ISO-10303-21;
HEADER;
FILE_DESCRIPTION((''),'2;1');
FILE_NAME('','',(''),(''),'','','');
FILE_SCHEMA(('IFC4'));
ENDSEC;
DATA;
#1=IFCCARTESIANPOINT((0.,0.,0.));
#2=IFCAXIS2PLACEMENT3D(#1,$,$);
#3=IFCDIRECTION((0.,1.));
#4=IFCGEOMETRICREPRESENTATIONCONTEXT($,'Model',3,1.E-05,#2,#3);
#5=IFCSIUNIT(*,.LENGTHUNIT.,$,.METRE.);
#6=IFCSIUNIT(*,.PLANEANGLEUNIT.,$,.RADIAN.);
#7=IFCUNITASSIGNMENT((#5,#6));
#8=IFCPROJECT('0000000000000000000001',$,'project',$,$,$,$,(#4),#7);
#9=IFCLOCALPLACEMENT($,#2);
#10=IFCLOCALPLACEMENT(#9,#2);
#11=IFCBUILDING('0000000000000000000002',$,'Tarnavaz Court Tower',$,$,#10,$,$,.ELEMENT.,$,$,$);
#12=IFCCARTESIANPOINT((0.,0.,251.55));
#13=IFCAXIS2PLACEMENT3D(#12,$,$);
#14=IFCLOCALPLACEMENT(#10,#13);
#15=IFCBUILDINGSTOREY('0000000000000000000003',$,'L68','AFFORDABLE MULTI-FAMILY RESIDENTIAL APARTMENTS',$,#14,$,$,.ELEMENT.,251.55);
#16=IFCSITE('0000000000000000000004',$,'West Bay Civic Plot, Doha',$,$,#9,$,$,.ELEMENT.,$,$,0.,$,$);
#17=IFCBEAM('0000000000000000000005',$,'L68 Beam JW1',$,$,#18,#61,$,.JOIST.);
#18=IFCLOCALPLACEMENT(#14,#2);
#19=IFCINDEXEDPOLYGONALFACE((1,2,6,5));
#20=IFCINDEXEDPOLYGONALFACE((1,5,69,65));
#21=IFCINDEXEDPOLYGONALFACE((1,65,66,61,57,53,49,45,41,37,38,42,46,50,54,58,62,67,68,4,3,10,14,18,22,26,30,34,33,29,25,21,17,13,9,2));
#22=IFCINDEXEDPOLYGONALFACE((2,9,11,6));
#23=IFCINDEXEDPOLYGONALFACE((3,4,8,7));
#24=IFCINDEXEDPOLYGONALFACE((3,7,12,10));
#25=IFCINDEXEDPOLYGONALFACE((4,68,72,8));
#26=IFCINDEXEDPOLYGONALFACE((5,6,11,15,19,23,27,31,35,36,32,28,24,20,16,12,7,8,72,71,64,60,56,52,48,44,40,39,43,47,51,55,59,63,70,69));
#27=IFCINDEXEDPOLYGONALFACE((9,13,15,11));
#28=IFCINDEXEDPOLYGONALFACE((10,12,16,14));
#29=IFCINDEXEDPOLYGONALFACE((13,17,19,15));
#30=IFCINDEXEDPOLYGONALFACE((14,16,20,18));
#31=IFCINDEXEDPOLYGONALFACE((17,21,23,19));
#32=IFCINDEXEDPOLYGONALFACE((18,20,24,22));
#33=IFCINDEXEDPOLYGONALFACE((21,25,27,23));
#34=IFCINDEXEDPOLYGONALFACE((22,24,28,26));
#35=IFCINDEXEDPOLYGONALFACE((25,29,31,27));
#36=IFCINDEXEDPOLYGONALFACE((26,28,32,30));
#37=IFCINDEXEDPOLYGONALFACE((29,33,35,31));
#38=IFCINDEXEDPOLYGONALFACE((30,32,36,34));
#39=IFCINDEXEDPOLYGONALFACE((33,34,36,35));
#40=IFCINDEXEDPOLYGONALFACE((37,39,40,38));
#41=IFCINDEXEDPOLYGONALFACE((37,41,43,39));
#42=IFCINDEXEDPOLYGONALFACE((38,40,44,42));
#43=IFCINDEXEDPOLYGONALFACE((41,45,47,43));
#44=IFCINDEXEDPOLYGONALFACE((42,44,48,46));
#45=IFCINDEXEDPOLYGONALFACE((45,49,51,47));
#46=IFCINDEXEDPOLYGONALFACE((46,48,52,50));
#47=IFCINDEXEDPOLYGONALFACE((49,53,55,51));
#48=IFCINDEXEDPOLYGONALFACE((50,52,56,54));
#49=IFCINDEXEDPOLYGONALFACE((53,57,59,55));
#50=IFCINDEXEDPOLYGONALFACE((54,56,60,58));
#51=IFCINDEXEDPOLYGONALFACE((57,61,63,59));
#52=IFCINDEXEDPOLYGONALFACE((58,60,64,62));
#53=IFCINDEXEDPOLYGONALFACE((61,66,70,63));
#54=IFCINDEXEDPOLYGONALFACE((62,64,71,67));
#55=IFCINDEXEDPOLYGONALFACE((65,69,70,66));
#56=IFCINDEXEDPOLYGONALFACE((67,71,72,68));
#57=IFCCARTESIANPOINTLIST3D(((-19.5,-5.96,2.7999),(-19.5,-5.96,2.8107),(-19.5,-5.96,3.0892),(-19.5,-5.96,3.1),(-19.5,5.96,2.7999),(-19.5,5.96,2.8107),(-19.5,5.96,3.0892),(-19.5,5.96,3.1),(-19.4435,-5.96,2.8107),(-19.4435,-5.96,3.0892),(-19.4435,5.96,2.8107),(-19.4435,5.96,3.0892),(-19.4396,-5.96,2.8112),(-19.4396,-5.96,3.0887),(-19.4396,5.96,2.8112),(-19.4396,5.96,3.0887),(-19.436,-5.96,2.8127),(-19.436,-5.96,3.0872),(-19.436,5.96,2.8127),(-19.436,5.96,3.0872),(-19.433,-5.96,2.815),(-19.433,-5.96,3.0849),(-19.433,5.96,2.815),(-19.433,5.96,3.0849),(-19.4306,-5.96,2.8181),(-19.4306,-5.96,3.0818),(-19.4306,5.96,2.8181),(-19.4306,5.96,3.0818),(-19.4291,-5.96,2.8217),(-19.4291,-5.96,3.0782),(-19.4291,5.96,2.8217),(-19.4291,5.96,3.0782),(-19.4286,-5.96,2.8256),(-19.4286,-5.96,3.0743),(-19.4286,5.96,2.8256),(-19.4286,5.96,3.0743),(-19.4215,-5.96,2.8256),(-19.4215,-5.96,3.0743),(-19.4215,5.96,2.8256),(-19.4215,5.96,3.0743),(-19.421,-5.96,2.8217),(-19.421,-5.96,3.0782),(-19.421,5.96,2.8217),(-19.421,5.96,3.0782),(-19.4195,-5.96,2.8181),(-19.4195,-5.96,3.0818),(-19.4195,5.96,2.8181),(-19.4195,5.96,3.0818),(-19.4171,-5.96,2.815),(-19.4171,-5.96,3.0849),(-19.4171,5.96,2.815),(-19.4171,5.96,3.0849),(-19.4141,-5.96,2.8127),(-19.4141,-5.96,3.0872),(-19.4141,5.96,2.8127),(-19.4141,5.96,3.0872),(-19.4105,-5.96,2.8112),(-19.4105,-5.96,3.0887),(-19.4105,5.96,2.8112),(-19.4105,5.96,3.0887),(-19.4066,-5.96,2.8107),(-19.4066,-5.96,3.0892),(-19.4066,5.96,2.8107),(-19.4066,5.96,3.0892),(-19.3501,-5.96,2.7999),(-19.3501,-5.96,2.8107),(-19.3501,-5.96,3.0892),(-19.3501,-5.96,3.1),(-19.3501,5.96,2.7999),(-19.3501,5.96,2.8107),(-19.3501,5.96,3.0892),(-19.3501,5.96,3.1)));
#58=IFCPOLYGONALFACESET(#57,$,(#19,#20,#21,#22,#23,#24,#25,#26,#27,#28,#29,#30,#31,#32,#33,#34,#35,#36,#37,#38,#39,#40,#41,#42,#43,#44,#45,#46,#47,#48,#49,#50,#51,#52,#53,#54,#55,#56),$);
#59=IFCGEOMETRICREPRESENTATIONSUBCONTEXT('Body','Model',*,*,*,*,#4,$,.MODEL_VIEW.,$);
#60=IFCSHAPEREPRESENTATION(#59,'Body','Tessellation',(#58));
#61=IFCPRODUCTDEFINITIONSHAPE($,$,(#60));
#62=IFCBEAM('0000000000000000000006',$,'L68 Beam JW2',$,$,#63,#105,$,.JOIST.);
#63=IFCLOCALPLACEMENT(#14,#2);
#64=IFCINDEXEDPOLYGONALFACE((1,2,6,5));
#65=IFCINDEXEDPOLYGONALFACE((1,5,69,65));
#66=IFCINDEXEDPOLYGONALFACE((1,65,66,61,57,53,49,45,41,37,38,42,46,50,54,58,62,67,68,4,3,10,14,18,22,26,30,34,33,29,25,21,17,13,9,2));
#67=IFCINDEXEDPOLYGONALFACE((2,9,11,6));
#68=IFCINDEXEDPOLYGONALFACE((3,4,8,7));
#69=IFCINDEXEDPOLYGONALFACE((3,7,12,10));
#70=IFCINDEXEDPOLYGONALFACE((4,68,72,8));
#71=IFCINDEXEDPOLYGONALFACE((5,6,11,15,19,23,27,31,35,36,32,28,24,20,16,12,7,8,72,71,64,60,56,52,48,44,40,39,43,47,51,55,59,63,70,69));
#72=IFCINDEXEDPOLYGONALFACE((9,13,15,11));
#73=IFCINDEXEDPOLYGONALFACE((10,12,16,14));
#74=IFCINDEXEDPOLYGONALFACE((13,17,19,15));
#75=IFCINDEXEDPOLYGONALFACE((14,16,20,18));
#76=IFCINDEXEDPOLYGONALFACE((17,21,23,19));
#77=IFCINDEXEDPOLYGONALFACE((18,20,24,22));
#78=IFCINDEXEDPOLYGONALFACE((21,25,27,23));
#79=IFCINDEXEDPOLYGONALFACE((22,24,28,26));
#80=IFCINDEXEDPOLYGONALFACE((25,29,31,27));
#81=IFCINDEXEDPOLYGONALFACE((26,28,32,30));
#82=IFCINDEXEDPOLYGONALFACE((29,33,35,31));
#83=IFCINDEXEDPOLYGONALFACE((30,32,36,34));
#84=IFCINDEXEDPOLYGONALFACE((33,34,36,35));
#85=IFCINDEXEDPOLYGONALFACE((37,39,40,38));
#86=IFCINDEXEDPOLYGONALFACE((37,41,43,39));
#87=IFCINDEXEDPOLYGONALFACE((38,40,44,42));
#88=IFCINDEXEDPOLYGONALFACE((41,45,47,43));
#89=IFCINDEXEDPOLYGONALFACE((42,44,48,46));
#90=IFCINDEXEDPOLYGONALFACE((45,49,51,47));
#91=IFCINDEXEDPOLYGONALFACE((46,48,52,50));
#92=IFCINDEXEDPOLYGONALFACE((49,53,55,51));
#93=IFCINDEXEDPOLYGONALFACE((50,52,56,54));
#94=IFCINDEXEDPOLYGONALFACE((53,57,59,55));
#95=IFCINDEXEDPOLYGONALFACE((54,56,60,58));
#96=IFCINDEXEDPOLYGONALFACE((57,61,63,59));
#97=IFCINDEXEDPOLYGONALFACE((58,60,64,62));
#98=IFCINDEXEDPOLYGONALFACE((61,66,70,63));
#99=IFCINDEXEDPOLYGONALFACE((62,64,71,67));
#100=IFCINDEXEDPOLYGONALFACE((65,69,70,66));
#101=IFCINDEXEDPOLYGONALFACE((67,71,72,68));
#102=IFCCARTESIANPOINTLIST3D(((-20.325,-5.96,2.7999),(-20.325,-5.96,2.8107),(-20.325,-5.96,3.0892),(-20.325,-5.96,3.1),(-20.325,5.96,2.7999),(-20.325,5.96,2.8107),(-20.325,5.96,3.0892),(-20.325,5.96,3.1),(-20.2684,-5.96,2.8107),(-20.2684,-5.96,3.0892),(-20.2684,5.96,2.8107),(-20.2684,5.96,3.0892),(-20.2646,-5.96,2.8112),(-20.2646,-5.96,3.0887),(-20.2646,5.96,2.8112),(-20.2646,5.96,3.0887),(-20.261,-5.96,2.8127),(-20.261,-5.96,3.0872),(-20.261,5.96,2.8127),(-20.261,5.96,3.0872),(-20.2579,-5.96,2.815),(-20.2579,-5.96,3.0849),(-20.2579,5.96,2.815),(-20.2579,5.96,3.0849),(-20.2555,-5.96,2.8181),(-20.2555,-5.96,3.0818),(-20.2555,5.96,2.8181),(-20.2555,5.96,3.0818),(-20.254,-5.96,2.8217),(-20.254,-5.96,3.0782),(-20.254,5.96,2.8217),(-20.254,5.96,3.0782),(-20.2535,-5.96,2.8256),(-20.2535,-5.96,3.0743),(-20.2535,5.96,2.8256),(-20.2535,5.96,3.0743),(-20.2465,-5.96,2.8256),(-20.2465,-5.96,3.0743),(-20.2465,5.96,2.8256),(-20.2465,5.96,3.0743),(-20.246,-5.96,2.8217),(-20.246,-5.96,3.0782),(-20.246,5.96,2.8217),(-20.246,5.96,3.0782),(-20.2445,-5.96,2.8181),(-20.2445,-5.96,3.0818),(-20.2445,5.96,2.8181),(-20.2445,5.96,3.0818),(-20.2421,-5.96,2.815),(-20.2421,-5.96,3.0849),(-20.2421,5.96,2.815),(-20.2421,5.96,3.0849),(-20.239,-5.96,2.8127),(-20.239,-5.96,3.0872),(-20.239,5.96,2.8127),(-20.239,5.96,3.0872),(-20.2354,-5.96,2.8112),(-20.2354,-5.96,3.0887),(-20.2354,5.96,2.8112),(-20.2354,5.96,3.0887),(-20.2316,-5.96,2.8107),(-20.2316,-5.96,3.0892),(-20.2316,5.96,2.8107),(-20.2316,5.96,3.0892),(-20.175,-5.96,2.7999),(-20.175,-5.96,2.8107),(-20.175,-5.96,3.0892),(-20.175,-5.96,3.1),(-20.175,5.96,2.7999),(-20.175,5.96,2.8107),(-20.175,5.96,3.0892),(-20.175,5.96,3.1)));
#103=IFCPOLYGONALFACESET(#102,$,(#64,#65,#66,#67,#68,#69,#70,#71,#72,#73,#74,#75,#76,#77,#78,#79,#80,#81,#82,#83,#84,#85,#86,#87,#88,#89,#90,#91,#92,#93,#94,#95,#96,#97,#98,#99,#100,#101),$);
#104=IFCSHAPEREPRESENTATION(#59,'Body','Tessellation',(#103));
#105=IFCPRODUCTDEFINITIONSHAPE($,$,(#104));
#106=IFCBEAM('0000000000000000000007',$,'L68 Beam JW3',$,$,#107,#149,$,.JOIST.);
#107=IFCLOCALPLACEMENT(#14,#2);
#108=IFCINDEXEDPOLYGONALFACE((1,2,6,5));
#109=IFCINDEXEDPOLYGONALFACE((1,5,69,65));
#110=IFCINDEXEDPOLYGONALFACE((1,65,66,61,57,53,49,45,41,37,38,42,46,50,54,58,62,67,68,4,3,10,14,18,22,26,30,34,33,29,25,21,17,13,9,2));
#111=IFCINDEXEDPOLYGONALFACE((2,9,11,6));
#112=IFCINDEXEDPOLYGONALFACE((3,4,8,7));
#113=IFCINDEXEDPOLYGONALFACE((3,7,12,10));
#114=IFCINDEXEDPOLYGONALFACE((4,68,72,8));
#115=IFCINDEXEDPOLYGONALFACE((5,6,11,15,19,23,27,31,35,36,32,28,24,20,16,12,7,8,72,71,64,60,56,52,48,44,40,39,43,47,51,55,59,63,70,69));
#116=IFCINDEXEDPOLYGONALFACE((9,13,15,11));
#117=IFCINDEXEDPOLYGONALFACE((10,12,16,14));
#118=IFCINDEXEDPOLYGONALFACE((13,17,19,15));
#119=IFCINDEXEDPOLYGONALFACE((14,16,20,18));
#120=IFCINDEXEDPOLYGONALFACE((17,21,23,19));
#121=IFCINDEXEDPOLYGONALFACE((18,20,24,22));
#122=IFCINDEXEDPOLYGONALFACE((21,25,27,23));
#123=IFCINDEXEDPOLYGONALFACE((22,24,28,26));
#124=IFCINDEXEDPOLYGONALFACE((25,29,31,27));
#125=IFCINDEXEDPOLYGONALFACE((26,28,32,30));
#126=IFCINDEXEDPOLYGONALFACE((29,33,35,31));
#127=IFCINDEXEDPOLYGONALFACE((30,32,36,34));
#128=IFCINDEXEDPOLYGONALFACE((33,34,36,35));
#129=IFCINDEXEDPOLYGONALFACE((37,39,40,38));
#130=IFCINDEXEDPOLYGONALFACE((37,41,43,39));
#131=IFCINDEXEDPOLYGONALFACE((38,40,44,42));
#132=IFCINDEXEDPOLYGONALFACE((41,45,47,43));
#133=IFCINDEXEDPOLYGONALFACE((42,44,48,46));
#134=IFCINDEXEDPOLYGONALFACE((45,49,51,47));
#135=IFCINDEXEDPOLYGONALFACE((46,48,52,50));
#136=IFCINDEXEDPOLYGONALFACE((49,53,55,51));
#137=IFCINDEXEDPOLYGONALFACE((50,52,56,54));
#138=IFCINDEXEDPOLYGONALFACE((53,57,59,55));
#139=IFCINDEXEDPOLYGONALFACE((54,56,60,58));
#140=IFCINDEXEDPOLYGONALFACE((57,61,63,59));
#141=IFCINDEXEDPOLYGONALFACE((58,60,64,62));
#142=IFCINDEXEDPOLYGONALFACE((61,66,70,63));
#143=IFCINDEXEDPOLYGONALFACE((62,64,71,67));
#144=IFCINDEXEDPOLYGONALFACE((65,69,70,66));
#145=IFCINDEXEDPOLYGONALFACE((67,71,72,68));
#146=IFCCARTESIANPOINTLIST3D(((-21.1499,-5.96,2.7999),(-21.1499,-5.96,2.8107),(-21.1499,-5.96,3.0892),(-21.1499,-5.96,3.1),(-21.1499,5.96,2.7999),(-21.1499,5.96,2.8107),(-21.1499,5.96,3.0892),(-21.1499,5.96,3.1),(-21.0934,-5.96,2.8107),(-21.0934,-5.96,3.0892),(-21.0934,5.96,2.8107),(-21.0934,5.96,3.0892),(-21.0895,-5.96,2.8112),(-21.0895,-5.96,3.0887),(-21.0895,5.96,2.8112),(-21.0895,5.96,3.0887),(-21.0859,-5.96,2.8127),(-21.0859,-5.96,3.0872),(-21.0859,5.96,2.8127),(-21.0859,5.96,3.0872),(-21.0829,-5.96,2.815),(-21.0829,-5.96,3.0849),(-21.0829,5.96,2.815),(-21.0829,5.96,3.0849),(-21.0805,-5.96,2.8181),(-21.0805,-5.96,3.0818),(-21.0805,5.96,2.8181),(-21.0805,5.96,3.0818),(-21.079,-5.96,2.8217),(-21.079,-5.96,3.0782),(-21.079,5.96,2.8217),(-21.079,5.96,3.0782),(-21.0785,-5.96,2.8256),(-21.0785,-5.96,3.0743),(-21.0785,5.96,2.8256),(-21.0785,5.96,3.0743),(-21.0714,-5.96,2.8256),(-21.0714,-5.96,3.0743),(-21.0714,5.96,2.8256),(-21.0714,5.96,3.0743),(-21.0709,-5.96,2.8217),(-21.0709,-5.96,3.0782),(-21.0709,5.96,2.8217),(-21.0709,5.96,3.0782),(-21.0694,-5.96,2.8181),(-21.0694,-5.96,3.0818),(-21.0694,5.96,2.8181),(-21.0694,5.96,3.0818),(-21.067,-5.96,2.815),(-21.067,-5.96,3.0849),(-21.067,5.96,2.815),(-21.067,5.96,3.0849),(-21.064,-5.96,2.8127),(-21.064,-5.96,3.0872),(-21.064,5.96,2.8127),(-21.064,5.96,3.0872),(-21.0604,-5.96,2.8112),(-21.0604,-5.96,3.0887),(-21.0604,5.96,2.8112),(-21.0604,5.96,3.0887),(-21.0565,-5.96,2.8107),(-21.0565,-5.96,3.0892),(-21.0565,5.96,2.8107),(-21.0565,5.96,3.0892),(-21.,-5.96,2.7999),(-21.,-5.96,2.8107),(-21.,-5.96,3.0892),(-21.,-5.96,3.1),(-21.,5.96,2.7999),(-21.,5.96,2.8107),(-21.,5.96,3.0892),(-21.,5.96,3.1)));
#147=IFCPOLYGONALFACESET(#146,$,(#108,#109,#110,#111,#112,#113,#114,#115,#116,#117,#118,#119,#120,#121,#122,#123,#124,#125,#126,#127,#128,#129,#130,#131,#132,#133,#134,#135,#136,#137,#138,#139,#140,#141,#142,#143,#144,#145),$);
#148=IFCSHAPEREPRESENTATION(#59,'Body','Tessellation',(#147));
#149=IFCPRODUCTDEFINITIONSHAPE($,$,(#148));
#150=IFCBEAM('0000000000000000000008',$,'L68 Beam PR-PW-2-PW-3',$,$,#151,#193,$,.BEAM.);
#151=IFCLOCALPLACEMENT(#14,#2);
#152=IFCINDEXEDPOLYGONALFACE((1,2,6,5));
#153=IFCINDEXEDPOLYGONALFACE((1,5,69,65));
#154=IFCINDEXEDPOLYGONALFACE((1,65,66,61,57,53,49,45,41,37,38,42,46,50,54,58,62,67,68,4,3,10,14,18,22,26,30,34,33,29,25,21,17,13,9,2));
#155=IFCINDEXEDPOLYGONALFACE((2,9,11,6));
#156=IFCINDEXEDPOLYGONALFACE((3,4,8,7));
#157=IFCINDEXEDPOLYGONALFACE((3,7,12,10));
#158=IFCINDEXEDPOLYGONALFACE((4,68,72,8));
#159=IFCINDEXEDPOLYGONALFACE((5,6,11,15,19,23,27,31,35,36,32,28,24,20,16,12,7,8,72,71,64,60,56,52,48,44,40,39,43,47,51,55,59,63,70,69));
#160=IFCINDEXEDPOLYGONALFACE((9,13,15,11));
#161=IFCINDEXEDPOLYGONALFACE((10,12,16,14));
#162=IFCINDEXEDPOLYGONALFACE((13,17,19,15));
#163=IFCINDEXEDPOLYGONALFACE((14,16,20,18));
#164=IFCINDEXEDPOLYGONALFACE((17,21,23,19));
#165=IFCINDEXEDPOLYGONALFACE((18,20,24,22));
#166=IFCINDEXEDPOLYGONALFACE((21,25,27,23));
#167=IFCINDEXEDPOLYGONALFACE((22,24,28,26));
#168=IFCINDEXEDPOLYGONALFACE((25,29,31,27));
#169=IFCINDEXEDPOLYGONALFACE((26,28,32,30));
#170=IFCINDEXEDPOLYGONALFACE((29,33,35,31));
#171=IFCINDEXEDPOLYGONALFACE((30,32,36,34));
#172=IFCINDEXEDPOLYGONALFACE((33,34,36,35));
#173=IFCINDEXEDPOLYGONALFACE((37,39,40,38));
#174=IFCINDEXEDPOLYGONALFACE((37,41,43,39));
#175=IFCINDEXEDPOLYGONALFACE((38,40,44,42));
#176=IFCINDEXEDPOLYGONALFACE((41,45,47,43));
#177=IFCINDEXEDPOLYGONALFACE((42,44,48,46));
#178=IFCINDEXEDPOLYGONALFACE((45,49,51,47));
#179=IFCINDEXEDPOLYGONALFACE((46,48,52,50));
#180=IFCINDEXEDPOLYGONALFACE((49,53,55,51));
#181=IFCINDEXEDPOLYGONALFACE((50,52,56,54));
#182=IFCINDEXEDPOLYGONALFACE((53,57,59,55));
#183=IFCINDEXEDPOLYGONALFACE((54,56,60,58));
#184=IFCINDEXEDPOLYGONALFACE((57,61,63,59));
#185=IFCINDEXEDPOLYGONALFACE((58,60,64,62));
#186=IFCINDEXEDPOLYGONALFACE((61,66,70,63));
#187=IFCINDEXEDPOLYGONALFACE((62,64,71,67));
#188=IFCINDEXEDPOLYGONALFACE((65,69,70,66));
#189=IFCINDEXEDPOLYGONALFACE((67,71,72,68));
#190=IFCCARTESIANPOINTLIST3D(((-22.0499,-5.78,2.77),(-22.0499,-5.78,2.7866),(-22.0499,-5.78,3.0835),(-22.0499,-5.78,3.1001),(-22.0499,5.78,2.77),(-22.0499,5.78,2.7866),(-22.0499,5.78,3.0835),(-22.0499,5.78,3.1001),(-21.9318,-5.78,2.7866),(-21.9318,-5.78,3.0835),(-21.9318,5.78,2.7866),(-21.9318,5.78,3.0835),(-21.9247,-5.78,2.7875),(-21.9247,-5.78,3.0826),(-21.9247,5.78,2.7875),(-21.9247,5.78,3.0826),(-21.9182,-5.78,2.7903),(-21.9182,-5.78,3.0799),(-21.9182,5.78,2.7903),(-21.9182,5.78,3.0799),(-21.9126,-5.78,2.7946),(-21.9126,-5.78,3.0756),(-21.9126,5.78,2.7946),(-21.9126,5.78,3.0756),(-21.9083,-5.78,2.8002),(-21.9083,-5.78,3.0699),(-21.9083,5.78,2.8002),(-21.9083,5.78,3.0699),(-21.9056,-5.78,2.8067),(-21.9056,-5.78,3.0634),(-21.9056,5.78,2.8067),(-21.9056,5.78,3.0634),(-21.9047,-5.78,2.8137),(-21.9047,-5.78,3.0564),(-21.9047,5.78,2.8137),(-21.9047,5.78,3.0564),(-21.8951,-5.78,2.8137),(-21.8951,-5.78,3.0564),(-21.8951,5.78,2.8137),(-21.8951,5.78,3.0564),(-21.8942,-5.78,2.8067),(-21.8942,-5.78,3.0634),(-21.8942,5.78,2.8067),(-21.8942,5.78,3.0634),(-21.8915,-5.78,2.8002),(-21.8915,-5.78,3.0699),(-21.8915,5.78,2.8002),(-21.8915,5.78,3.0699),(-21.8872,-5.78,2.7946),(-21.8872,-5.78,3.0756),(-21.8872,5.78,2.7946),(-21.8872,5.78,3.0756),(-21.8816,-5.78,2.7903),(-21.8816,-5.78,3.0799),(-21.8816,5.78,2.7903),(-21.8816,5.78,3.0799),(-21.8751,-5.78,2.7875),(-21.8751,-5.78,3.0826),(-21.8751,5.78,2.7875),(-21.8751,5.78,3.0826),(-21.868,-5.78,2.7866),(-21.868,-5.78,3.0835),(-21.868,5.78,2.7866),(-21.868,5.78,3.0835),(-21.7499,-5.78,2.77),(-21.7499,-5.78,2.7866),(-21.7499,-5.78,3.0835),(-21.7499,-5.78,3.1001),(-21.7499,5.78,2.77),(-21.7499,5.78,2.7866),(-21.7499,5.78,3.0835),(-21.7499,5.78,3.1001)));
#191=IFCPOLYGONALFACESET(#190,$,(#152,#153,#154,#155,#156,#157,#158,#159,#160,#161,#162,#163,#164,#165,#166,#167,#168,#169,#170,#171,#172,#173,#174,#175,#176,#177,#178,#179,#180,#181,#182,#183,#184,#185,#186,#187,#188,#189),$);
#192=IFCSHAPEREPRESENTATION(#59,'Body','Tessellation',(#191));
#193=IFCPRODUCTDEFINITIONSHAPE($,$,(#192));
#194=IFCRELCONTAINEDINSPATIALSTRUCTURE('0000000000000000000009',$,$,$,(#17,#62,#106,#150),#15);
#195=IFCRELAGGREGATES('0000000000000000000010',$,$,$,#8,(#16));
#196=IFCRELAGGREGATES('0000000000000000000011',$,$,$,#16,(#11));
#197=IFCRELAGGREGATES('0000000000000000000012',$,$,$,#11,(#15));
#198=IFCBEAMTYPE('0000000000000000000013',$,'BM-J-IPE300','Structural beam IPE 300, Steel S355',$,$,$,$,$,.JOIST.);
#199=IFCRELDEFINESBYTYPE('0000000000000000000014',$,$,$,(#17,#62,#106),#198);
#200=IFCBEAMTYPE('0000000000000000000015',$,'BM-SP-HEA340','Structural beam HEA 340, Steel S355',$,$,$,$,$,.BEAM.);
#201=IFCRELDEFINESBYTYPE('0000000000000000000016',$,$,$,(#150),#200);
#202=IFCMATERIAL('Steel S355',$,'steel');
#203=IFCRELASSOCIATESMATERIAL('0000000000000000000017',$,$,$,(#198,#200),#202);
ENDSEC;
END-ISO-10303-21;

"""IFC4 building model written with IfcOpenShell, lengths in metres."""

from ifc_helpers import new_model, si_unit, direction, frame, origin, origin_2d, place, context, subcontext, project, spatial, i_section, extrude, material, material_profile, profile_set, type_object, element, save


model = new_model("IFC4")

# Units and contexts
model_context = context("Model", 3, precision=1e-05, world=origin(), true_north=direction((0.0, 1.0)))
body_context = subcontext(model_context, "Body", "Model", "MODEL_VIEW")
ifc_project = project(units=[si_unit("LENGTHUNIT", "METRE"), si_unit("PLANEANGLEUNIT", "RADIAN")], contexts=[model_context])

# Site, building, storey
site_placement = place(None, origin())
site = spatial("IfcSite", under=ifc_project, at=site_placement, Name="West Bay Civic Plot, Doha", CompositionType="ELEMENT", RefElevation=0.0)
building_placement = place(site_placement, origin())
building = spatial("IfcBuilding", under=site, at=building_placement, Name="Tarnavaz Court Tower", CompositionType="ELEMENT")
storey_placement = place(building_placement, frame((0.0, 0.0, 251.55)))
storey = spatial("IfcBuildingStorey", under=building, at=storey_placement, Name="L68", Description="AFFORDABLE MULTI-FAMILY RESIDENTIAL APARTMENTS", CompositionType="ELEMENT", Elevation=251.55)

# Beams
ifc_material_1 = material(Name="Steel S355", Category="steel")
ifc_material_profile_1 = material_profile(ifc_material_1, i_section(OverallWidth=0.1499, OverallDepth=0.3, WebThickness=0.0071, FlangeThickness=0.0107, FilletRadius=0.0149, at=origin_2d()), Name="IPE 300")
ifc_profile_set_1 = profile_set([ifc_material_profile_1], Name="Steel S355")
beam_type_1 = type_object("IfcBeamType", Name="BM-J-IPE300", Description="Structural beam IPE 300, Steel S355", PredefinedType="JOIST", material=ifc_profile_set_1)
for number, where, z_axis, x_axis, name in (
    (1, (-19.425, -5.96, 2.95), (0.0, 1.0, 0.0), (-1.0, 0.0, 0.0), "L68 Beam JW1"),
    (2, (-20.25, -5.96, 2.95), (0.0, 1.0, 0.0), (-1.0, 0.0, 0.0), "L68 Beam JW2"),
    (3, (-21.075, -5.96, 2.95), (0.0, 1.0, 0.0), (-1.0, 0.0, 0.0), "L68 Beam JW3"),
):
    element("IfcBeam", number, at=place(storey_placement, frame(where, z_axis=z_axis, x_axis=x_axis)), inside=storey, type_object=beam_type_1, Name=name, PredefinedType="JOIST", context=body_context, shape_type="SweptSolid", body=[
        extrude(i_section(OverallWidth=0.1499, OverallDepth=0.3, WebThickness=0.0071, FlangeThickness=0.0107, FilletRadius=0.0149, at=origin_2d()), origin(), (0.0, 0.0, 1.0), 11.9199),
    ])
ifc_material_profile_2 = material_profile(ifc_material_1, i_section(OverallWidth=0.3, OverallDepth=0.3301, WebThickness=0.0095, FlangeThickness=0.0166, FilletRadius=0.0271, at=origin_2d()), Name="HEA 340")
ifc_profile_set_2 = profile_set([ifc_material_profile_2], Name="Steel S355")
beam_type_2 = type_object("IfcBeamType", Name="BM-SP-HEA340", Description="Structural beam HEA 340, Steel S355", PredefinedType="BEAM", material=ifc_profile_set_2)
beam_1_placement = place(storey_placement, frame((-21.8999, -5.78, 2.9351), z_axis=(0.0, 1.0, 0.0), x_axis=(-1.0, 0.0, 0.0)))
element("IfcBeam", 4, at=beam_1_placement, inside=storey, type_object=beam_type_2, Name="L68 Beam PR-PW-2-PW-3", PredefinedType="BEAM", context=body_context, shape_type="SweptSolid", body=[
    extrude(i_section(OverallWidth=0.3, OverallDepth=0.3301, WebThickness=0.0095, FlangeThickness=0.0166, FilletRadius=0.0271, at=origin_2d()), origin(), (0.0, 0.0, 1.0), 11.5601),
])

save(model, "model.ifc")
